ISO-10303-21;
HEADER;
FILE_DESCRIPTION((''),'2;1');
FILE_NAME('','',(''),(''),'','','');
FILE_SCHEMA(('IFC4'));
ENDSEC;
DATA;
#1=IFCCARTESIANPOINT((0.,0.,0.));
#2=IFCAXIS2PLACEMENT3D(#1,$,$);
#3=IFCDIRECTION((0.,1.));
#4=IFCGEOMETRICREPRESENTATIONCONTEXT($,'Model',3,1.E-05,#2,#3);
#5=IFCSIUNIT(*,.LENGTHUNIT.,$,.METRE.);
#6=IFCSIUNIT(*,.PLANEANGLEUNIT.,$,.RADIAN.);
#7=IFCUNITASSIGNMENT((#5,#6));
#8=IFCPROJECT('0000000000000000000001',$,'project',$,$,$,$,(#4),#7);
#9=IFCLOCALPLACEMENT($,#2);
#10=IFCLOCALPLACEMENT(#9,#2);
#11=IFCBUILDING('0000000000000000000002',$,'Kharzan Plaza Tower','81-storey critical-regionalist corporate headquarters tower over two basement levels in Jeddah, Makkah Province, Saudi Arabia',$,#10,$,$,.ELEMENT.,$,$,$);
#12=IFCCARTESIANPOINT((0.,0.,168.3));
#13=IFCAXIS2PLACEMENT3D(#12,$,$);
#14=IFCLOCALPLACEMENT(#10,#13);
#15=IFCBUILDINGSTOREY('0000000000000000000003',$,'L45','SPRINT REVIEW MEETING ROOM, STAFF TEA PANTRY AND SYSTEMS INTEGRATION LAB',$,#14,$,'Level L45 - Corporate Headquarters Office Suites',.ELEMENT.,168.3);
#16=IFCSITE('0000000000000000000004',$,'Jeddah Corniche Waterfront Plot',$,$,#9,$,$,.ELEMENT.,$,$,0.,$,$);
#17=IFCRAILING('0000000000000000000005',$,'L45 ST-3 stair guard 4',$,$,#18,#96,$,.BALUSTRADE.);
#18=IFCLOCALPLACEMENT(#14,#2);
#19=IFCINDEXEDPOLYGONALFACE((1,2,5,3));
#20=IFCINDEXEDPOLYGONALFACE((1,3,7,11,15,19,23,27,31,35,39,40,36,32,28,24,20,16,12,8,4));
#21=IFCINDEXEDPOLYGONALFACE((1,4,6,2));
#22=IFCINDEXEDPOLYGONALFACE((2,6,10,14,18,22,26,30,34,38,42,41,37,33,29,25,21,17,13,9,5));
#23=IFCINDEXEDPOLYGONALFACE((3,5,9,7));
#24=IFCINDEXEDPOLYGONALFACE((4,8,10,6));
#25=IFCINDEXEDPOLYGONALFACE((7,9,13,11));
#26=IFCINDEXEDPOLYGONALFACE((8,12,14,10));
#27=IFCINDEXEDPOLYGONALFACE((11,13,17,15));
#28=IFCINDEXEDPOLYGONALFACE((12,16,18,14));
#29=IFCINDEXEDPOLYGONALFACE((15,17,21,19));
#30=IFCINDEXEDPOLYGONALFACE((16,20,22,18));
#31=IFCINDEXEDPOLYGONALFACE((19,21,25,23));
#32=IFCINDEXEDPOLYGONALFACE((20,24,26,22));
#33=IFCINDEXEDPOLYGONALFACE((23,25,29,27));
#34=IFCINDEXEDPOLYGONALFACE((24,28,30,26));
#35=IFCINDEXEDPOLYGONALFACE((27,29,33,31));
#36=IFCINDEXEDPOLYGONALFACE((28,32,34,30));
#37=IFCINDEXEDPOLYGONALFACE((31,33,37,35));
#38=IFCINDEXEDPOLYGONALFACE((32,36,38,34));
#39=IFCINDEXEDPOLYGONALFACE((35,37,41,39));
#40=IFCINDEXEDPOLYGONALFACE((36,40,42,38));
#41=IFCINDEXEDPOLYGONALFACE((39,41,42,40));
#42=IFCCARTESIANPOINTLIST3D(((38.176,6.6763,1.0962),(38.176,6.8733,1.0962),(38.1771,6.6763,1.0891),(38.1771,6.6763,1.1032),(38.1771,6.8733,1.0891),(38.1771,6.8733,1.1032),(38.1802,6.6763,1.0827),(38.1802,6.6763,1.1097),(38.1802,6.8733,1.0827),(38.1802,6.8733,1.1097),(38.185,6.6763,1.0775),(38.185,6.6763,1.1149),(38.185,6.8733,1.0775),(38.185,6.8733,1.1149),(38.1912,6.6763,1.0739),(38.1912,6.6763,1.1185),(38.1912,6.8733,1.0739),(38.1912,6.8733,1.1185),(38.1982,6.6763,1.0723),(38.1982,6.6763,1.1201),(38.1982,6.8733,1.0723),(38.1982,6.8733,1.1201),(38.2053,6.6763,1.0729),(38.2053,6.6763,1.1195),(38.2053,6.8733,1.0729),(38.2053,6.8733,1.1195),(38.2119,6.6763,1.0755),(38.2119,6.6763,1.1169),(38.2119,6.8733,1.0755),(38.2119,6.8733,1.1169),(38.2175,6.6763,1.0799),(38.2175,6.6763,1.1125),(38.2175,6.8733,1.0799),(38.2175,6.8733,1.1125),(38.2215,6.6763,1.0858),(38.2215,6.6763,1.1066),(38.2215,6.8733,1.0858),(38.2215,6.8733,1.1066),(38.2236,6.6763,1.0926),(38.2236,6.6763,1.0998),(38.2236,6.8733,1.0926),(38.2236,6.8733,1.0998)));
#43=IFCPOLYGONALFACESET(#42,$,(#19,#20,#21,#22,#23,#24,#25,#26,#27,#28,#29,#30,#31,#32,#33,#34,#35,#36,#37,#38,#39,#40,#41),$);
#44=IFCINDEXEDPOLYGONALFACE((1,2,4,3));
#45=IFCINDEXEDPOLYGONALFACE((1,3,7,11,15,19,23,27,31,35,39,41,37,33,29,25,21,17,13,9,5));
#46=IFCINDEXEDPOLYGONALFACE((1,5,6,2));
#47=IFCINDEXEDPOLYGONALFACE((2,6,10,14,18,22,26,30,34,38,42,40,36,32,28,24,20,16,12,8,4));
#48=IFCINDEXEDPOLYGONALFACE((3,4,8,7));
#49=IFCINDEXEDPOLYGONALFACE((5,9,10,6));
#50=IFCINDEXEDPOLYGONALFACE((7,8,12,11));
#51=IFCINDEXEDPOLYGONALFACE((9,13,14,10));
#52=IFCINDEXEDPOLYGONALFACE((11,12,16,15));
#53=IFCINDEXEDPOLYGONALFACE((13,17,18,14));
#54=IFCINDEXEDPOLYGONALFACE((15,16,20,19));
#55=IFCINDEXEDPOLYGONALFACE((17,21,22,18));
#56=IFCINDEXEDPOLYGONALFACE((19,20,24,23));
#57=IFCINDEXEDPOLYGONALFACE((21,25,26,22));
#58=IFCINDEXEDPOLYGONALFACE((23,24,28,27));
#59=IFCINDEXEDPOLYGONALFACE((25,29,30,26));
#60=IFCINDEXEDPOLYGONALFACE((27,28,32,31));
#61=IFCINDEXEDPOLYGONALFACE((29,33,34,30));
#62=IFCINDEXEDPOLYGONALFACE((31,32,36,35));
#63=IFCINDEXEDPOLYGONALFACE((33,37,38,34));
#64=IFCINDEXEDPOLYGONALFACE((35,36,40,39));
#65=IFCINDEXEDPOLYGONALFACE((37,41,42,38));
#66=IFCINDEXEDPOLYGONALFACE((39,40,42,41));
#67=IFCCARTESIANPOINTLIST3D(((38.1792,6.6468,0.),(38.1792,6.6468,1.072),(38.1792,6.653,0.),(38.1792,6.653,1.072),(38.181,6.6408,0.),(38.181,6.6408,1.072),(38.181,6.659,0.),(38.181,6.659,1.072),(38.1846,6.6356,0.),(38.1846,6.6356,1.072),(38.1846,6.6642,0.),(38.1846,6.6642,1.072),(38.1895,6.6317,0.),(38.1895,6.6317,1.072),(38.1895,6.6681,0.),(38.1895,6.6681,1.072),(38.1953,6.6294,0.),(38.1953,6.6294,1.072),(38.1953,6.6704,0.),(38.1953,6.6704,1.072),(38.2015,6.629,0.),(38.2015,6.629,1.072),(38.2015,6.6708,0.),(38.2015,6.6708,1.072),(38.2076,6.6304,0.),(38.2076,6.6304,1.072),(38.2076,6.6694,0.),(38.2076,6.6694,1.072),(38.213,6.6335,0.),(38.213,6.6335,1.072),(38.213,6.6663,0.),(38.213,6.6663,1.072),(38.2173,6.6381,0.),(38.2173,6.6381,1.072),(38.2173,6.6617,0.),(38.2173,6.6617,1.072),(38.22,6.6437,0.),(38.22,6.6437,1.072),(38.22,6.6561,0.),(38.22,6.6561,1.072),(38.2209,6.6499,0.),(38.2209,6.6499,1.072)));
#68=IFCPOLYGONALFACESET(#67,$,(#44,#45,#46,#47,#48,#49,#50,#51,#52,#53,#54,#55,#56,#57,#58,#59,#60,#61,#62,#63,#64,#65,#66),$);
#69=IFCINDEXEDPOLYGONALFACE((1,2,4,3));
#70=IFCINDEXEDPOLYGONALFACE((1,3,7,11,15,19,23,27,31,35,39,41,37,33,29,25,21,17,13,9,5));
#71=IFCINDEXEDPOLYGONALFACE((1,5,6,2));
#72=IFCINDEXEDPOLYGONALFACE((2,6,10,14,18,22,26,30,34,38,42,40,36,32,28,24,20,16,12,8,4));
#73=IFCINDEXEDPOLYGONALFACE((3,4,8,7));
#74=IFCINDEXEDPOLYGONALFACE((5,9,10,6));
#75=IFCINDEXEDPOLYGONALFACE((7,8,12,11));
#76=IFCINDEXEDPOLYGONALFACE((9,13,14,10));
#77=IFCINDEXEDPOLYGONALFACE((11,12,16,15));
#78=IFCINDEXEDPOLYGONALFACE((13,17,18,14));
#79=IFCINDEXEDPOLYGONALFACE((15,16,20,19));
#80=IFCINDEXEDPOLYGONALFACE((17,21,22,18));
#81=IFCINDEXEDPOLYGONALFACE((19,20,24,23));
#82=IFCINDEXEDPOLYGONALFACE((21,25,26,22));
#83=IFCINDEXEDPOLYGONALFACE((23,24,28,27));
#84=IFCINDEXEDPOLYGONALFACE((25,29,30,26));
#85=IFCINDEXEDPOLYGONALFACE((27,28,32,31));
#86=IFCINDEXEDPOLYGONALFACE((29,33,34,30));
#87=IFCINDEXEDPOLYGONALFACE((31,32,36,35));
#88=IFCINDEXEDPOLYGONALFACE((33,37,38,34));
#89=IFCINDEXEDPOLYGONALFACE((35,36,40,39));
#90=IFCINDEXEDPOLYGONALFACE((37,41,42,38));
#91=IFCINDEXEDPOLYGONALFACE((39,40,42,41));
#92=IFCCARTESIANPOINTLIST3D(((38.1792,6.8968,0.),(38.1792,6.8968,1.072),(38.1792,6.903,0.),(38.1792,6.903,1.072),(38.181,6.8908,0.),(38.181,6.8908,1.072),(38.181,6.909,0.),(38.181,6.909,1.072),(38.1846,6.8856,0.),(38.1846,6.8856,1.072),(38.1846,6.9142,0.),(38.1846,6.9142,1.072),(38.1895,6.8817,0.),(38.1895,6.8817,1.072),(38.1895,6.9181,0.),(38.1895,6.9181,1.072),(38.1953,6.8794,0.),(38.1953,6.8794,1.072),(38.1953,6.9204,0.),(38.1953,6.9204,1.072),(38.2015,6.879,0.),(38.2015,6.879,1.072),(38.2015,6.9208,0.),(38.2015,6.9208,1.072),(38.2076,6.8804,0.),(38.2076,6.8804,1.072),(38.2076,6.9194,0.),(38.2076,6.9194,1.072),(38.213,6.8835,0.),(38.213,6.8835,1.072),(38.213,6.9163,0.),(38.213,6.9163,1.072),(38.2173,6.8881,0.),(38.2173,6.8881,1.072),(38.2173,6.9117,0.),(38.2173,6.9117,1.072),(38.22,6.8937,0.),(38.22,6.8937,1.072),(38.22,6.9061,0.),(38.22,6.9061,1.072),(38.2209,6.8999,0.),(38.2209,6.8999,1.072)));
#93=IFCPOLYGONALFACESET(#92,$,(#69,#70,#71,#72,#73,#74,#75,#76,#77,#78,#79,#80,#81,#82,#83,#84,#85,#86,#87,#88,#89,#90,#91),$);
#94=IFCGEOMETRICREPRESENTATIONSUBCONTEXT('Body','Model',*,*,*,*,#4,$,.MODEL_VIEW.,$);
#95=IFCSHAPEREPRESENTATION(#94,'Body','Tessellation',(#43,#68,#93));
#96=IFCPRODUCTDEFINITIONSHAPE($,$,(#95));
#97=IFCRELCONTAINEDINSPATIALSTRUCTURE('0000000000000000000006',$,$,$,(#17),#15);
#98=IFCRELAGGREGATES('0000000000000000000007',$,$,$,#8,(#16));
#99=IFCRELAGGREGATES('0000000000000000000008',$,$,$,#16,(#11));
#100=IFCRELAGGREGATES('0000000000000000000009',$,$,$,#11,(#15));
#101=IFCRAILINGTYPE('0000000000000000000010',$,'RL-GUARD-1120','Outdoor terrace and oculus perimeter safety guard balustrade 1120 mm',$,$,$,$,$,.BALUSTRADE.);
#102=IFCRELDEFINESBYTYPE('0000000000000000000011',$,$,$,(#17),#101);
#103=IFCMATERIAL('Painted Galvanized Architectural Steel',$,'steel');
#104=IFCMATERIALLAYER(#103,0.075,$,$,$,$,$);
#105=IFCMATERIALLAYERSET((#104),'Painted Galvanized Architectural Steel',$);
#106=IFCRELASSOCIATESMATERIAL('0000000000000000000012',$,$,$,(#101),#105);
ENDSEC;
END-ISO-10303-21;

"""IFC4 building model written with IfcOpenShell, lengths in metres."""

from ifc_helpers import new_model, si_unit, direction, frame, origin, origin_2d, place, context, subcontext, project, spatial, circle, extrude, source, transform, mapped, material, layer, layer_set, type_object, element, save


model = new_model("IFC4")

# Units and contexts
model_context = context("Model", 3, precision=1e-05, world=origin(), true_north=direction((0.0, 1.0)))
body_context = subcontext(model_context, "Body", "Model", "MODEL_VIEW")
ifc_project = project(units=[si_unit("LENGTHUNIT", "METRE"), si_unit("PLANEANGLEUNIT", "RADIAN")], contexts=[model_context])

# Site, building, storey
site_placement = place(None, origin())
site = spatial("IfcSite", under=ifc_project, at=site_placement, Name="Jeddah Corniche Waterfront Plot", CompositionType="ELEMENT", RefElevation=0.0)
building_placement = place(site_placement, origin())
building = spatial("IfcBuilding", under=site, at=building_placement, Name="Kharzan Plaza Tower", Description="81-storey critical-regionalist corporate headquarters tower over two basement levels in Jeddah, Makkah Province, Saudi Arabia", CompositionType="ELEMENT")
storey_placement = place(building_placement, frame((0.0, 0.0, 168.3)))
storey = spatial("IfcBuildingStorey", under=building, at=storey_placement, Name="L45", Description="SPRINT REVIEW MEETING ROOM, STAFF TEA PANTRY AND SYSTEMS INTEGRATION LAB", LongName="Level L45 - Corporate Headquarters Office Suites", CompositionType="ELEMENT", Elevation=168.3)

# Railing
ifc_material_1 = material(Name="Painted Galvanized Architectural Steel", Category="steel")
ifc_layer_1 = layer(ifc_material_1, 0.075)
ifc_layer_set_1 = layer_set([ifc_layer_1], Name="Painted Galvanized Architectural Steel")
railing_type_1 = type_object("IfcRailingType", Name="RL-GUARD-1120", Description="Outdoor terrace and oculus perimeter safety guard balustrade 1120 mm", PredefinedType="BALUSTRADE", material=ifc_layer_set_1)
shared_shape_1 = source(origin(), body_context, "Body", "SweptSolid", [
    extrude(circle(Radius=0.0239, at=origin_2d()), frame((0.0, 0.0264, 1.0962), z_axis=(0.0, 1.0, 0.0), x_axis=(-1.0, 0.0, 0.0)), (0.0, 0.0, 1.0), 0.197),
    extrude(circle(Radius=0.021, at=origin_2d()), origin(), (0.0, 0.0, 1.0), 1.072),
    extrude(circle(Radius=0.021, at=origin_2d()), frame((0.0, 0.25, 0.0)), (0.0, 0.0, 1.0), 1.072),
])
railing_1_placement = place(storey_placement, frame((38.2, 6.6499, 0.0)))
element("IfcRailing", 1, at=railing_1_placement, inside=storey, type_object=railing_type_1, Name="L45 ST-3 stair guard 4", PredefinedType="BALUSTRADE", context=body_context, shape_type="MappedRepresentation", body=[
    mapped(shared_shape_1, transform((0.0, 0.0, 0.0), x_axis=(1.0, 0.0, 0.0), y_axis=(0.0, 1.0, 0.0), z_axis=(0.0, 0.0, 1.0))),
])

save(model, "model.ifc")
